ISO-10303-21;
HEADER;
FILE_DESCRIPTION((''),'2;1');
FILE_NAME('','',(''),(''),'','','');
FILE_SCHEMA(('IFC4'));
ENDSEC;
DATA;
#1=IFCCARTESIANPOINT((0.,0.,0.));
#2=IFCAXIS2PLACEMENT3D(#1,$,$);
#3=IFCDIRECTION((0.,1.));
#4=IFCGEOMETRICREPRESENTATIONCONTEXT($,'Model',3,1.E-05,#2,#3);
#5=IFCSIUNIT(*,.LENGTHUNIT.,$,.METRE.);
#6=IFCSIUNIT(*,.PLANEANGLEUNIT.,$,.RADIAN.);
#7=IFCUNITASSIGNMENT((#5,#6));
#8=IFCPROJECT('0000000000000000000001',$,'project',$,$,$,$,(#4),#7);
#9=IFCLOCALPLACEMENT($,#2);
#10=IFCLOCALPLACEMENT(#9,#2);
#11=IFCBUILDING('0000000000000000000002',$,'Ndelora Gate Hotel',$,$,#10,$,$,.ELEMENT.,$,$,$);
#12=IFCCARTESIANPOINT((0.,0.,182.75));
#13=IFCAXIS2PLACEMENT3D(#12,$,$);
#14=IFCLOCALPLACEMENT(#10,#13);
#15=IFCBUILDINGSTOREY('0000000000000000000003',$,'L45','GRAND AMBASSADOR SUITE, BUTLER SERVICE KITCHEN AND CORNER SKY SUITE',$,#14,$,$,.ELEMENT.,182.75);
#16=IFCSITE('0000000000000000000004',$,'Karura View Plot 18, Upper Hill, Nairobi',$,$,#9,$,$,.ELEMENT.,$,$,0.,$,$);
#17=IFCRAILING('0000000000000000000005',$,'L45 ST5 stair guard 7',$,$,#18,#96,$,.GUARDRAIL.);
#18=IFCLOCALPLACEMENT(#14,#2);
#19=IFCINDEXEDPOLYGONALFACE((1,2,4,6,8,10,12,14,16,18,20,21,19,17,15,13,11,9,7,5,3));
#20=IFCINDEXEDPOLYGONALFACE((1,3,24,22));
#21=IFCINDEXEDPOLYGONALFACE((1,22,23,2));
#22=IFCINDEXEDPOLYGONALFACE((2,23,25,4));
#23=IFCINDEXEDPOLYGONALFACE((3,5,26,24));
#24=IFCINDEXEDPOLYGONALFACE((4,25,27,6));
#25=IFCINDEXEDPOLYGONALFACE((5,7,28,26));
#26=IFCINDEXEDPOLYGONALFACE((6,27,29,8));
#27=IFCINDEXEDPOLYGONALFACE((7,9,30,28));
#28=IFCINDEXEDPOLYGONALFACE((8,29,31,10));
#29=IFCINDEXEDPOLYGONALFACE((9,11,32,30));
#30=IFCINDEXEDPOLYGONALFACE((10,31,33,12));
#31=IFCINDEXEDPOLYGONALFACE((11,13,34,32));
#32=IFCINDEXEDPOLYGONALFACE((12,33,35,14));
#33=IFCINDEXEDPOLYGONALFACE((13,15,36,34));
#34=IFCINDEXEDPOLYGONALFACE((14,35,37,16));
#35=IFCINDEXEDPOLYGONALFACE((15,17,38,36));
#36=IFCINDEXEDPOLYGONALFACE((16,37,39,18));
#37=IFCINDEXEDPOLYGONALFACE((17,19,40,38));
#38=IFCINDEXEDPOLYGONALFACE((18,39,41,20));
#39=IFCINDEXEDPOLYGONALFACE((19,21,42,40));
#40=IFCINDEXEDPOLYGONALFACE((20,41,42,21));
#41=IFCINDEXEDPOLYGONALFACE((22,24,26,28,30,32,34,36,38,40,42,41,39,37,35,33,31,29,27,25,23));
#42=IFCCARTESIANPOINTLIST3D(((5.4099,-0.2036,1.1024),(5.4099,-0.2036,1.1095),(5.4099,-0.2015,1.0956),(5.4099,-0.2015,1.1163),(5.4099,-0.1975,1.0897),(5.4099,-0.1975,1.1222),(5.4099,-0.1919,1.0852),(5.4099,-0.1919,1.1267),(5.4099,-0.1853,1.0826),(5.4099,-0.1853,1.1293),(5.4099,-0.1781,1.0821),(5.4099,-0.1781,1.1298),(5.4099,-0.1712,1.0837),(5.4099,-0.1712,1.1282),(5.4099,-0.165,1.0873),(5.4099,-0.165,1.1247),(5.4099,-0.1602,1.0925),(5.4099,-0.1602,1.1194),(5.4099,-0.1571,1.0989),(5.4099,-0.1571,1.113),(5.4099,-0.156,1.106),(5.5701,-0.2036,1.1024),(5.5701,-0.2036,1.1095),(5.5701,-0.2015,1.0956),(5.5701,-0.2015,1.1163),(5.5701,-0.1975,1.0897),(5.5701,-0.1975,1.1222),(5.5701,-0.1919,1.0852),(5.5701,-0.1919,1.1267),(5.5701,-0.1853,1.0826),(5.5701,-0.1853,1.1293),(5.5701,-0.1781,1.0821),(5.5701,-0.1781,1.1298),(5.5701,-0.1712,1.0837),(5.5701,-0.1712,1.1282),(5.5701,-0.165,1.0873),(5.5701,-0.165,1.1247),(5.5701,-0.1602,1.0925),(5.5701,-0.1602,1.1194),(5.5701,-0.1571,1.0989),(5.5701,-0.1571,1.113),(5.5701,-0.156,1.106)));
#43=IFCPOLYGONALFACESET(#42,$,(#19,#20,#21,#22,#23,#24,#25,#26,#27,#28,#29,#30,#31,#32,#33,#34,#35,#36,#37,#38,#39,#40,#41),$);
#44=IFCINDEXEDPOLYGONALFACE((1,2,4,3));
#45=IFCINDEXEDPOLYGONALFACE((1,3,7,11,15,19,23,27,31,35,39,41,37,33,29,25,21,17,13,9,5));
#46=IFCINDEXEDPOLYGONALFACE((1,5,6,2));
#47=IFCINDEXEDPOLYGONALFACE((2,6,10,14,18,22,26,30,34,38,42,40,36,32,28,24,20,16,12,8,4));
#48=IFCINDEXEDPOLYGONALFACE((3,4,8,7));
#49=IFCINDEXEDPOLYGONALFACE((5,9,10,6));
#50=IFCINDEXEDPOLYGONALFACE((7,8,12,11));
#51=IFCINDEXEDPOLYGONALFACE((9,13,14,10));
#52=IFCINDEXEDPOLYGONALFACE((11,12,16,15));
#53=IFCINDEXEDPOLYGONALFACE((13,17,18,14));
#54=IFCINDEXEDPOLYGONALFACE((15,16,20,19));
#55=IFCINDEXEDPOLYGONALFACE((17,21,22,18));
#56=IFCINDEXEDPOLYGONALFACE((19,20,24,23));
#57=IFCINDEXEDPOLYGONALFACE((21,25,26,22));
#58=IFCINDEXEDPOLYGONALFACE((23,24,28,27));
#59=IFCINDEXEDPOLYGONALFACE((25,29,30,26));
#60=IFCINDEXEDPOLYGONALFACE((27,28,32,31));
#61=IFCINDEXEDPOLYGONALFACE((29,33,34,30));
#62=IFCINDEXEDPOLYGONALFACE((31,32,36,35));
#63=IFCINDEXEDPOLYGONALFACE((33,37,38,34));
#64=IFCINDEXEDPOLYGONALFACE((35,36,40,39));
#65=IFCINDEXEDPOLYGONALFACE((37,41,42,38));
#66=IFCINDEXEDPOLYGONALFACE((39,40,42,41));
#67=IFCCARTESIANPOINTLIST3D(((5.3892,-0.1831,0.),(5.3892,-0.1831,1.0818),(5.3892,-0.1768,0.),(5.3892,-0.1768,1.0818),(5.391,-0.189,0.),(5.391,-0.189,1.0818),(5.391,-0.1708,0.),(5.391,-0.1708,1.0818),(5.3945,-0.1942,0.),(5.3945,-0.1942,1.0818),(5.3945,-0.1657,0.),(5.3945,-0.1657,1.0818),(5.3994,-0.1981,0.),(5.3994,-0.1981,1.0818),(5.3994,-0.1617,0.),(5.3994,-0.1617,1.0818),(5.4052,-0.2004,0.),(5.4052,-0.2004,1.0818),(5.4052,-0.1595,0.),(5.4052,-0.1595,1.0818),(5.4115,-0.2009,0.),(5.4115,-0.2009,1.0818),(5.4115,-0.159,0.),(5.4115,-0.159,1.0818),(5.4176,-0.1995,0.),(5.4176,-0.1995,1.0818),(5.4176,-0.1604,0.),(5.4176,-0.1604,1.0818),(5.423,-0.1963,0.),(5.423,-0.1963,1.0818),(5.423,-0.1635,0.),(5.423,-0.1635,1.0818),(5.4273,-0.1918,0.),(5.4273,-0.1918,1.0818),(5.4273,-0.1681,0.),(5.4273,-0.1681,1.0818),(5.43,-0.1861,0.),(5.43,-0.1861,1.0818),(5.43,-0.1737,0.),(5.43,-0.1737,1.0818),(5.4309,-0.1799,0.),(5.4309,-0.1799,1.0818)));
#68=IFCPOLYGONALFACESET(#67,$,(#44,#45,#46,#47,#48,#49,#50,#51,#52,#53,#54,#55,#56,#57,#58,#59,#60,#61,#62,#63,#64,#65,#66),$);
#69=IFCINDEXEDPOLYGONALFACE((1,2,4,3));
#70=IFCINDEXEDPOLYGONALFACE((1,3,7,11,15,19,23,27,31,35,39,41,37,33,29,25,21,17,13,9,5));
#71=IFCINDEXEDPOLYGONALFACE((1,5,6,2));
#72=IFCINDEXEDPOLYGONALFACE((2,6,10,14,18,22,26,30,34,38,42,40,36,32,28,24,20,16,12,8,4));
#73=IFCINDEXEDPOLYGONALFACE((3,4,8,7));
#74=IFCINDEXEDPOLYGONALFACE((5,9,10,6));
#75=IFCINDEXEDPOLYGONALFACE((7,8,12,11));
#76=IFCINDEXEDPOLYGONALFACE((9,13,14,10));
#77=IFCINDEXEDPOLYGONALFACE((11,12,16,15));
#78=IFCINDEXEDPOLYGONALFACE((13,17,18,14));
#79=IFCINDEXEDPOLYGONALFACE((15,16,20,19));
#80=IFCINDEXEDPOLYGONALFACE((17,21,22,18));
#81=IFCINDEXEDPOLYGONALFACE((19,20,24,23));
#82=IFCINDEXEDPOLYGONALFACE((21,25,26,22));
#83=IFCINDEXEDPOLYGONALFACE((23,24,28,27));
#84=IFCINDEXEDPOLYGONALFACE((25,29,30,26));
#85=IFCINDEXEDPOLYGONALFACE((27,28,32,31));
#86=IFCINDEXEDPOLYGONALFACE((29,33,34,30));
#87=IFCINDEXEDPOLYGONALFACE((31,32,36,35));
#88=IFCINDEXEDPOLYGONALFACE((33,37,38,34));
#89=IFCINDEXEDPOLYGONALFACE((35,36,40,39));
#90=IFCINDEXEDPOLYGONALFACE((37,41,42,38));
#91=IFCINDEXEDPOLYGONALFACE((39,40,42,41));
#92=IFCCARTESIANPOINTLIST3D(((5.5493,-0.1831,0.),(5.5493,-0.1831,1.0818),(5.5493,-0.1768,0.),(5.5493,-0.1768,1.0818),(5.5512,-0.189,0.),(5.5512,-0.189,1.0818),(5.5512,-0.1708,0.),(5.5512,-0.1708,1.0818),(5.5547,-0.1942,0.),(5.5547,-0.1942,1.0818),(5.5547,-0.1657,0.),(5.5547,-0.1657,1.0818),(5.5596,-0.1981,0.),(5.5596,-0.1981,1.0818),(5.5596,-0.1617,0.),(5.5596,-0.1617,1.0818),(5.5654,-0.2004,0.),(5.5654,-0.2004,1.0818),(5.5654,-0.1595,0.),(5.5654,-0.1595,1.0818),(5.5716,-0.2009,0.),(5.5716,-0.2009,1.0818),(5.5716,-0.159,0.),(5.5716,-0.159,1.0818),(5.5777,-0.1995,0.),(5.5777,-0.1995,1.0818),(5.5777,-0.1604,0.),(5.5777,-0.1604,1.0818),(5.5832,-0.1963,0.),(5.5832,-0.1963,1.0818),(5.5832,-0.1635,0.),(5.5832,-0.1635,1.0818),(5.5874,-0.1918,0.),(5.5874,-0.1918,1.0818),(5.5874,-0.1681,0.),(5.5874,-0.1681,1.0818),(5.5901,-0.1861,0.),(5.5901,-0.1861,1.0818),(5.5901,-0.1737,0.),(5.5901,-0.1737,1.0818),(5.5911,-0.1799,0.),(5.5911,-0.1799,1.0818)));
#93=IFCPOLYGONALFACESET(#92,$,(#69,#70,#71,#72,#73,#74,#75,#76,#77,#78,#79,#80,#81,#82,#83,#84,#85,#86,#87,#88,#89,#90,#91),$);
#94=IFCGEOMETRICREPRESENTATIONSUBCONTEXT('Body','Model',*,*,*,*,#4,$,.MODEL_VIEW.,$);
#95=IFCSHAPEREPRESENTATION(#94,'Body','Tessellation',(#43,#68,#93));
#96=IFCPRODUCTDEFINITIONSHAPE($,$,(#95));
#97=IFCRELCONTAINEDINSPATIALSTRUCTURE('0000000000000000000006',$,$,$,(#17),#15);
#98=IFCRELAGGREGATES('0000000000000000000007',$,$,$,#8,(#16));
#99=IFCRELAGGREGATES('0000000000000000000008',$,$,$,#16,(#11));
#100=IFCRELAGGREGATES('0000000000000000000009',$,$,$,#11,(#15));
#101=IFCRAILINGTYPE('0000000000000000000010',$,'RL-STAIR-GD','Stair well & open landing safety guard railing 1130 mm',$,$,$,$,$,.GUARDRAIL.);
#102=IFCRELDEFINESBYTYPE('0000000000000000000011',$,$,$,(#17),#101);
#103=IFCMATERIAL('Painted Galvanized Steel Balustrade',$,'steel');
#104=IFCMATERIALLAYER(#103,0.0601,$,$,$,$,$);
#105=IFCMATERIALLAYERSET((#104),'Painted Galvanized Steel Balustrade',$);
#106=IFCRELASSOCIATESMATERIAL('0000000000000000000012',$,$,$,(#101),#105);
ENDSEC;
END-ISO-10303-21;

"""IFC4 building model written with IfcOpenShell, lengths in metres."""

from ifc_helpers import new_model, si_unit, direction, frame, origin, origin_2d, place, context, subcontext, project, spatial, circle, extrude, material, layer, layer_set, type_object, element, save


model = new_model("IFC4")

# Units and contexts
model_context = context("Model", 3, precision=1e-05, world=origin(), true_north=direction((0.0, 1.0)))
body_context = subcontext(model_context, "Body", "Model", "MODEL_VIEW")
ifc_project = project(units=[si_unit("LENGTHUNIT", "METRE"), si_unit("PLANEANGLEUNIT", "RADIAN")], contexts=[model_context])

# Site, building, storey
site_placement = place(None, origin())
site = spatial("IfcSite", under=ifc_project, at=site_placement, Name="Karura View Plot 18, Upper Hill, Nairobi", CompositionType="ELEMENT", RefElevation=0.0)
building_placement = place(site_placement, origin())
building = spatial("IfcBuilding", under=site, at=building_placement, Name="Ndelora Gate Hotel", CompositionType="ELEMENT")
storey_placement = place(building_placement, frame((0.0, 0.0, 182.75)))
storey = spatial("IfcBuildingStorey", under=building, at=storey_placement, Name="L45", Description="GRAND AMBASSADOR SUITE, BUTLER SERVICE KITCHEN AND CORNER SKY SUITE", CompositionType="ELEMENT", Elevation=182.75)

# Railing
ifc_material_1 = material(Name="Painted Galvanized Steel Balustrade", Category="steel")
ifc_layer_1 = layer(ifc_material_1, 0.0601)
ifc_layer_set_1 = layer_set([ifc_layer_1], Name="Painted Galvanized Steel Balustrade")
railing_type_1 = type_object("IfcRailingType", Name="RL-STAIR-GD", Description="Stair well & open landing safety guard railing 1130 mm", PredefinedType="GUARDRAIL", material=ifc_layer_set_1)
railing_1_placement = place(storey_placement, frame((5.4099, -0.1799, 0.0)))
element("IfcRailing", 1, at=railing_1_placement, inside=storey, type_object=railing_type_1, Name="L45 ST5 stair guard 7", PredefinedType="GUARDRAIL", context=body_context, shape_type="SweptSolid", body=[
    extrude(circle(Radius=0.0239, at=origin_2d()), frame((0.0, 0.0, 1.106), z_axis=(1.0, 0.0, 0.0), x_axis=(0.0, 1.0, 0.0)), (0.0, 0.0, 1.0), 0.1602),
    extrude(circle(Radius=0.021, at=origin_2d()), origin(), (0.0, 0.0, 1.0), 1.0818),
    extrude(circle(Radius=0.021, at=origin_2d()), frame((0.1602, 0.0, 0.0)), (0.0, 0.0, 1.0), 1.0818),
])

save(model, "model.ifc")
